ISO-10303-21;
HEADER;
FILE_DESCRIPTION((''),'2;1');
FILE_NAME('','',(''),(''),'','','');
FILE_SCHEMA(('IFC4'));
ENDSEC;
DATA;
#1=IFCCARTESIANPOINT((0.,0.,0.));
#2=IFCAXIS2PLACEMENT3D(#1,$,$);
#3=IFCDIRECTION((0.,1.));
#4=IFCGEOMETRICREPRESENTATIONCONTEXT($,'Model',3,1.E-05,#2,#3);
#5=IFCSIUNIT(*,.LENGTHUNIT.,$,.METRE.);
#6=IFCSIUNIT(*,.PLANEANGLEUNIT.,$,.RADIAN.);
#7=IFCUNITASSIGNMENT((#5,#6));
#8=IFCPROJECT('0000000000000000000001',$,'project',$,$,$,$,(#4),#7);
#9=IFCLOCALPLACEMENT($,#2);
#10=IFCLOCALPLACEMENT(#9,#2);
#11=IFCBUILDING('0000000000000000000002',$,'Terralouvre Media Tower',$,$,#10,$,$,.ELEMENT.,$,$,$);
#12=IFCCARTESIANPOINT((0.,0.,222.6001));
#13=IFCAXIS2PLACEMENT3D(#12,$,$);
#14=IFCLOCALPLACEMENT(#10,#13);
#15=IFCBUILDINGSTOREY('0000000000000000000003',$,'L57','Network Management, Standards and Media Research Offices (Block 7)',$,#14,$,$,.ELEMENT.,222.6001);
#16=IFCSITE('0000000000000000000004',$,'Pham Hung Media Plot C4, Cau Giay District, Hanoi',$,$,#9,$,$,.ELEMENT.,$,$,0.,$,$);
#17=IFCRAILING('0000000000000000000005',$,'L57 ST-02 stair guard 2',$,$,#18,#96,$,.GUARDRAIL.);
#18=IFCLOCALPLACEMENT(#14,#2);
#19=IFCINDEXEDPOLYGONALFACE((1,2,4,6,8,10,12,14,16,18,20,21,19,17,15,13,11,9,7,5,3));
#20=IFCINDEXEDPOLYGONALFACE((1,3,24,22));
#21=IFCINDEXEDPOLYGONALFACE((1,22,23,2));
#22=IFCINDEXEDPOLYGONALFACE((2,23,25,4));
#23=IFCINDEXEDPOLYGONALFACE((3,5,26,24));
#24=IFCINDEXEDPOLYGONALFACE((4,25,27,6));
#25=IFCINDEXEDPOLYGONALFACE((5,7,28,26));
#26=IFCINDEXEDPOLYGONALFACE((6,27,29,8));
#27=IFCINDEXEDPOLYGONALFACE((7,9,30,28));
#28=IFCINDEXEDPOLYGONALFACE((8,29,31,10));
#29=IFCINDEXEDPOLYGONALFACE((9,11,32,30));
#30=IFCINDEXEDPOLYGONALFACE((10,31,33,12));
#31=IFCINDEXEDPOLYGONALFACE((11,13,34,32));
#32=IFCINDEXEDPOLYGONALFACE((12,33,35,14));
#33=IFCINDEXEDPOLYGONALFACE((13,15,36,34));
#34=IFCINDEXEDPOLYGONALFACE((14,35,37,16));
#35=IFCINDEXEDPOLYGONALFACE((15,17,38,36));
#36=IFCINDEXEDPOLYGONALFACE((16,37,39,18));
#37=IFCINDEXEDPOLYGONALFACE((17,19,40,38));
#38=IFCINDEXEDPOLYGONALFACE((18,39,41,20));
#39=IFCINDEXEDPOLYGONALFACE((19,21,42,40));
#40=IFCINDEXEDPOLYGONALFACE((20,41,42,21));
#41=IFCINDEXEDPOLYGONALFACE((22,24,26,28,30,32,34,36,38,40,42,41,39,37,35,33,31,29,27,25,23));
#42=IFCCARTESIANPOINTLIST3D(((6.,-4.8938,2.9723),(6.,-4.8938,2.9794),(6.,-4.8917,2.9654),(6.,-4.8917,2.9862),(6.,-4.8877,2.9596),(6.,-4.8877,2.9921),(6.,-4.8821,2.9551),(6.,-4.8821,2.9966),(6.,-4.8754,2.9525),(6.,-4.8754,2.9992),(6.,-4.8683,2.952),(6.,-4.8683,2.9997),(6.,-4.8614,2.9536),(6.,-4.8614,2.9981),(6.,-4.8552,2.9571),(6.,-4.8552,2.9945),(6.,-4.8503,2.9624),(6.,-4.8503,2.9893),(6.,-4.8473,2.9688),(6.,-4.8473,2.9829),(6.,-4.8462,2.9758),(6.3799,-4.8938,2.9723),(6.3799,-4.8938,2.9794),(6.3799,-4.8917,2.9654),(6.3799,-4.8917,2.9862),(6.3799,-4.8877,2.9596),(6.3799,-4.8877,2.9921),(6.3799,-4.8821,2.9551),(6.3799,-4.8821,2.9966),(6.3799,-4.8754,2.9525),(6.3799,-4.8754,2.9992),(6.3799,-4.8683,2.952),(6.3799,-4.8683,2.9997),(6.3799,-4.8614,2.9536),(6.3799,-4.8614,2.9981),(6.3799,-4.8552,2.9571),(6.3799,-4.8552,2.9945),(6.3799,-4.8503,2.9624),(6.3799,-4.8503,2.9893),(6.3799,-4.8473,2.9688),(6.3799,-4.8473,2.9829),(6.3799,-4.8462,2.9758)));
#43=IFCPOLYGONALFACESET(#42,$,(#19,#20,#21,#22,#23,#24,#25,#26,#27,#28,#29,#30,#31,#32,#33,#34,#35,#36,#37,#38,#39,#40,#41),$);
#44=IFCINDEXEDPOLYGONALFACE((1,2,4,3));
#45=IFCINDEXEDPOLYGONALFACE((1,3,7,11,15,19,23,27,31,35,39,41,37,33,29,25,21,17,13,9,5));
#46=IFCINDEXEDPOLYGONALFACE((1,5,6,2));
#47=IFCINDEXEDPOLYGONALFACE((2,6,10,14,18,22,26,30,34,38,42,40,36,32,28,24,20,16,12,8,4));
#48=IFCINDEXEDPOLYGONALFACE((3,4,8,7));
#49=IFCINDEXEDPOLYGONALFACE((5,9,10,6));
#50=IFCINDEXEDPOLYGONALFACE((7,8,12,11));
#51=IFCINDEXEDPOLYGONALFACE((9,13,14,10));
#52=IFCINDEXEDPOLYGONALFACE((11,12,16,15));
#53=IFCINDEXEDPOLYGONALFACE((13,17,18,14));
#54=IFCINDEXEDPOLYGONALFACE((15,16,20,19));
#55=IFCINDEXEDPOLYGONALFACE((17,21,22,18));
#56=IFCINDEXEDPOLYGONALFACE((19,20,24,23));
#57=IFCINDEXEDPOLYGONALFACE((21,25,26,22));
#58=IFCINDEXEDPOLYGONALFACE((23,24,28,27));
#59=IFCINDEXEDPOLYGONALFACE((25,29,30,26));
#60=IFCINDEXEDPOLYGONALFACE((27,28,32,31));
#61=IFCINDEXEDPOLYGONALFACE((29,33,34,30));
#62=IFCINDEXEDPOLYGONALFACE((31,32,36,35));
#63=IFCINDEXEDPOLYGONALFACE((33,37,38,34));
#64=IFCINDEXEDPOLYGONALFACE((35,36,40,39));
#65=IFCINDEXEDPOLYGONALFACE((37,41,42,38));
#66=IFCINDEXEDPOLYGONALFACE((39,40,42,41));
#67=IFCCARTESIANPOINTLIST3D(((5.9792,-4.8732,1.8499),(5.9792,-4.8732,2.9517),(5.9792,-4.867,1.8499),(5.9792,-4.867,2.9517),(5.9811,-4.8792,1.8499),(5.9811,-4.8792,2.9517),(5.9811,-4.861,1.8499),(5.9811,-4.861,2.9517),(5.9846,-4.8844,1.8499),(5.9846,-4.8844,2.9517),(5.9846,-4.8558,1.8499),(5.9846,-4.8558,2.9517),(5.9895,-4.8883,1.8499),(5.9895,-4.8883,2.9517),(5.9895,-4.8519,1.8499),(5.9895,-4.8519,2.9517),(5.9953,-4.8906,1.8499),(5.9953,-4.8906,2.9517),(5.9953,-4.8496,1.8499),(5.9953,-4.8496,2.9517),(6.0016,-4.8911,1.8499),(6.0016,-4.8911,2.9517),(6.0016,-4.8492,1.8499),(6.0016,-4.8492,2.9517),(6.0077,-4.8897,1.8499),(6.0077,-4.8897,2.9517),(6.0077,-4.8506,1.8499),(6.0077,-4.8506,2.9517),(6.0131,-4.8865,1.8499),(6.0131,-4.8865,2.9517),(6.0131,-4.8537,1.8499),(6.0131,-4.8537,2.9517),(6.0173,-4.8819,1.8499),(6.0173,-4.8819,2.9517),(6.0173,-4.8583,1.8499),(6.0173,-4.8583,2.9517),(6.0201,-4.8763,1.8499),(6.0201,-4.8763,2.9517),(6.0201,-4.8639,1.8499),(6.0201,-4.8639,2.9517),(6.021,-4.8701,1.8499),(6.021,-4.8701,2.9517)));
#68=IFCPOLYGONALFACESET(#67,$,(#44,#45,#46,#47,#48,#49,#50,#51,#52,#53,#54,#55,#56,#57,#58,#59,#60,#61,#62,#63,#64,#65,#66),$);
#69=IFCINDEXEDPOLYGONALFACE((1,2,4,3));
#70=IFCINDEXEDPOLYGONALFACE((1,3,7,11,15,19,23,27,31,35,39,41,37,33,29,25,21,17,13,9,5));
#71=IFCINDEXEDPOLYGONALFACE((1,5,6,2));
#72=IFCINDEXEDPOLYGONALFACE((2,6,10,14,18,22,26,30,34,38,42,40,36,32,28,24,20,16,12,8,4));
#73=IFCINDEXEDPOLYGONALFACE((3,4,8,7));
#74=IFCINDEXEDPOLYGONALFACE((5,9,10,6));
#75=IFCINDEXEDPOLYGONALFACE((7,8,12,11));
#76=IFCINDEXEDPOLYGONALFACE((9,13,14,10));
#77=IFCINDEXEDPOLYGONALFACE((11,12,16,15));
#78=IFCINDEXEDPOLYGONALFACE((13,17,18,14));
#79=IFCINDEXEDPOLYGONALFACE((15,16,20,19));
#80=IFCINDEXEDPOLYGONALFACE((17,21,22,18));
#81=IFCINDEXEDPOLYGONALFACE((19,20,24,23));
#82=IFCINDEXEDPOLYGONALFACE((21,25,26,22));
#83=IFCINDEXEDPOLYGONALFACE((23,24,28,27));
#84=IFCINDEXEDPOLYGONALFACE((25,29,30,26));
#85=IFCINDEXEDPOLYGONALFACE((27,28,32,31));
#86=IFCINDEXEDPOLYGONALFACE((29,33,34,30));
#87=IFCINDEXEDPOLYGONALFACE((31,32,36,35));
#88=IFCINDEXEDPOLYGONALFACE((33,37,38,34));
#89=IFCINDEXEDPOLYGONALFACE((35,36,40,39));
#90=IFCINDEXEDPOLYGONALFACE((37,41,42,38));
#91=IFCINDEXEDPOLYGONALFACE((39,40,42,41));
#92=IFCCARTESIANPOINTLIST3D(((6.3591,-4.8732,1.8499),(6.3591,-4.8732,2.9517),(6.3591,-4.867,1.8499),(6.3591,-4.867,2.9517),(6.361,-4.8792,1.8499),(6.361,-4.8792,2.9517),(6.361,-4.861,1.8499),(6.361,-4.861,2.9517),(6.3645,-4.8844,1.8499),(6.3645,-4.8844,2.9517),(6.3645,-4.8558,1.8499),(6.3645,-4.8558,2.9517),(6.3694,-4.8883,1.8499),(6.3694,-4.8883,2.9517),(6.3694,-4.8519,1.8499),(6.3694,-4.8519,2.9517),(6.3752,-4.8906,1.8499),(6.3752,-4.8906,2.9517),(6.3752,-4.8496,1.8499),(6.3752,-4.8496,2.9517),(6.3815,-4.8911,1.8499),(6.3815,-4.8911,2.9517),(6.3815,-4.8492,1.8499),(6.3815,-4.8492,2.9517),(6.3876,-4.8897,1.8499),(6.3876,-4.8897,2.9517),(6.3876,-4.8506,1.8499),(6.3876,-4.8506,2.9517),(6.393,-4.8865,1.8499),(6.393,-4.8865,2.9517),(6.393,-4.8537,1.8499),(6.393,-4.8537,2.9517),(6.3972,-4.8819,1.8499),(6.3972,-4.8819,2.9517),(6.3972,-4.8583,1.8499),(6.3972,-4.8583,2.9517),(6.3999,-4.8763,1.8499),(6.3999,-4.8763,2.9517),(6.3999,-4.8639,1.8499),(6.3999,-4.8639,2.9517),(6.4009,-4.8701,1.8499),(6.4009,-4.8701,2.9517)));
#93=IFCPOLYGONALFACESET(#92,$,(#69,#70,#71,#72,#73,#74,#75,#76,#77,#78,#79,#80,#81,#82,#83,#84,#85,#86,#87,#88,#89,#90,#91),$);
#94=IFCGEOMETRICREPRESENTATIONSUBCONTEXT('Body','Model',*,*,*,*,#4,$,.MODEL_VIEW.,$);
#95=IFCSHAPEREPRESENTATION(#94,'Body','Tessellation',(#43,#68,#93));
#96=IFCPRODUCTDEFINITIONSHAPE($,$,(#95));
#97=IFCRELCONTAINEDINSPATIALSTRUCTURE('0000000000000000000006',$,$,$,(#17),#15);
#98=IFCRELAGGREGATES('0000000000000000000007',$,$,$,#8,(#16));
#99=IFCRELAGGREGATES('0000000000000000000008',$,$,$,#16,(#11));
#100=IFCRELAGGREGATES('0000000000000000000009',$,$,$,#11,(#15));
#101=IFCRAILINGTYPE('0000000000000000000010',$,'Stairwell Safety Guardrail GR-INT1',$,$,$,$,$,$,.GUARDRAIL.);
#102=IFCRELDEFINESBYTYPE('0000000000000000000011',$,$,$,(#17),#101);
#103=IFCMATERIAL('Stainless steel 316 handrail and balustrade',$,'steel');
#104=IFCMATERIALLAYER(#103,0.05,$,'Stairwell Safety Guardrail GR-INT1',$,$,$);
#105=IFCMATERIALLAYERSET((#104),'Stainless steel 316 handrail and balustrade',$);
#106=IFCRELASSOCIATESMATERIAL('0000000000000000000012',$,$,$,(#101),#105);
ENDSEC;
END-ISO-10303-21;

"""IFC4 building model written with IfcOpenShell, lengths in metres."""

from ifc_helpers import new_model, si_unit, direction, frame, origin, origin_2d, place, context, subcontext, project, spatial, circle, extrude, material, layer, layer_set, type_object, element, save


model = new_model("IFC4")

# Units and contexts
model_context = context("Model", 3, precision=1e-05, world=origin(), true_north=direction((0.0, 1.0)))
body_context = subcontext(model_context, "Body", "Model", "MODEL_VIEW")
ifc_project = project(units=[si_unit("LENGTHUNIT", "METRE"), si_unit("PLANEANGLEUNIT", "RADIAN")], contexts=[model_context])

# Site, building, storey
site_placement = place(None, origin())
site = spatial("IfcSite", under=ifc_project, at=site_placement, Name="Pham Hung Media Plot C4, Cau Giay District, Hanoi", CompositionType="ELEMENT", RefElevation=0.0)
building_placement = place(site_placement, origin())
building = spatial("IfcBuilding", under=site, at=building_placement, Name="Terralouvre Media Tower", CompositionType="ELEMENT")
storey_placement = place(building_placement, frame((0.0, 0.0, 222.6001)))
storey = spatial("IfcBuildingStorey", under=building, at=storey_placement, Name="L57", Description="Network Management, Standards and Media Research Offices (Block 7)", CompositionType="ELEMENT", Elevation=222.6001)

# Railing
ifc_material_1 = material(Name="Stainless steel 316 handrail and balustrade", Category="steel")
ifc_layer_1 = layer(ifc_material_1, 0.05, Name="Stairwell Safety Guardrail GR-INT1")
ifc_layer_set_1 = layer_set([ifc_layer_1], Name="Stainless steel 316 handrail and balustrade")
railing_type_1 = type_object("IfcRailingType", Name="Stairwell Safety Guardrail GR-INT1", PredefinedType="GUARDRAIL", material=ifc_layer_set_1)
railing_1_placement = place(storey_placement, frame((6.0, -4.8701, 1.8499)))
element("IfcRailing", 1, at=railing_1_placement, inside=storey, type_object=railing_type_1, Name="L57 ST-02 stair guard 2", PredefinedType="GUARDRAIL", context=body_context, shape_type="SweptSolid", body=[
    extrude(circle(Radius=0.0239, at=origin_2d()), frame((0.0, 0.0, 1.126), z_axis=(1.0, 0.0, 0.0), x_axis=(0.0, 1.0, 0.0)), (0.0, 0.0, 1.0), 0.3799),
    extrude(circle(Radius=0.021, at=origin_2d()), origin(), (0.0, 0.0, 1.0), 1.1018),
    extrude(circle(Radius=0.021, at=origin_2d()), frame((0.3799, 0.0, 0.0)), (0.0, 0.0, 1.0), 1.1018),
])

save(model, "model.ifc")
